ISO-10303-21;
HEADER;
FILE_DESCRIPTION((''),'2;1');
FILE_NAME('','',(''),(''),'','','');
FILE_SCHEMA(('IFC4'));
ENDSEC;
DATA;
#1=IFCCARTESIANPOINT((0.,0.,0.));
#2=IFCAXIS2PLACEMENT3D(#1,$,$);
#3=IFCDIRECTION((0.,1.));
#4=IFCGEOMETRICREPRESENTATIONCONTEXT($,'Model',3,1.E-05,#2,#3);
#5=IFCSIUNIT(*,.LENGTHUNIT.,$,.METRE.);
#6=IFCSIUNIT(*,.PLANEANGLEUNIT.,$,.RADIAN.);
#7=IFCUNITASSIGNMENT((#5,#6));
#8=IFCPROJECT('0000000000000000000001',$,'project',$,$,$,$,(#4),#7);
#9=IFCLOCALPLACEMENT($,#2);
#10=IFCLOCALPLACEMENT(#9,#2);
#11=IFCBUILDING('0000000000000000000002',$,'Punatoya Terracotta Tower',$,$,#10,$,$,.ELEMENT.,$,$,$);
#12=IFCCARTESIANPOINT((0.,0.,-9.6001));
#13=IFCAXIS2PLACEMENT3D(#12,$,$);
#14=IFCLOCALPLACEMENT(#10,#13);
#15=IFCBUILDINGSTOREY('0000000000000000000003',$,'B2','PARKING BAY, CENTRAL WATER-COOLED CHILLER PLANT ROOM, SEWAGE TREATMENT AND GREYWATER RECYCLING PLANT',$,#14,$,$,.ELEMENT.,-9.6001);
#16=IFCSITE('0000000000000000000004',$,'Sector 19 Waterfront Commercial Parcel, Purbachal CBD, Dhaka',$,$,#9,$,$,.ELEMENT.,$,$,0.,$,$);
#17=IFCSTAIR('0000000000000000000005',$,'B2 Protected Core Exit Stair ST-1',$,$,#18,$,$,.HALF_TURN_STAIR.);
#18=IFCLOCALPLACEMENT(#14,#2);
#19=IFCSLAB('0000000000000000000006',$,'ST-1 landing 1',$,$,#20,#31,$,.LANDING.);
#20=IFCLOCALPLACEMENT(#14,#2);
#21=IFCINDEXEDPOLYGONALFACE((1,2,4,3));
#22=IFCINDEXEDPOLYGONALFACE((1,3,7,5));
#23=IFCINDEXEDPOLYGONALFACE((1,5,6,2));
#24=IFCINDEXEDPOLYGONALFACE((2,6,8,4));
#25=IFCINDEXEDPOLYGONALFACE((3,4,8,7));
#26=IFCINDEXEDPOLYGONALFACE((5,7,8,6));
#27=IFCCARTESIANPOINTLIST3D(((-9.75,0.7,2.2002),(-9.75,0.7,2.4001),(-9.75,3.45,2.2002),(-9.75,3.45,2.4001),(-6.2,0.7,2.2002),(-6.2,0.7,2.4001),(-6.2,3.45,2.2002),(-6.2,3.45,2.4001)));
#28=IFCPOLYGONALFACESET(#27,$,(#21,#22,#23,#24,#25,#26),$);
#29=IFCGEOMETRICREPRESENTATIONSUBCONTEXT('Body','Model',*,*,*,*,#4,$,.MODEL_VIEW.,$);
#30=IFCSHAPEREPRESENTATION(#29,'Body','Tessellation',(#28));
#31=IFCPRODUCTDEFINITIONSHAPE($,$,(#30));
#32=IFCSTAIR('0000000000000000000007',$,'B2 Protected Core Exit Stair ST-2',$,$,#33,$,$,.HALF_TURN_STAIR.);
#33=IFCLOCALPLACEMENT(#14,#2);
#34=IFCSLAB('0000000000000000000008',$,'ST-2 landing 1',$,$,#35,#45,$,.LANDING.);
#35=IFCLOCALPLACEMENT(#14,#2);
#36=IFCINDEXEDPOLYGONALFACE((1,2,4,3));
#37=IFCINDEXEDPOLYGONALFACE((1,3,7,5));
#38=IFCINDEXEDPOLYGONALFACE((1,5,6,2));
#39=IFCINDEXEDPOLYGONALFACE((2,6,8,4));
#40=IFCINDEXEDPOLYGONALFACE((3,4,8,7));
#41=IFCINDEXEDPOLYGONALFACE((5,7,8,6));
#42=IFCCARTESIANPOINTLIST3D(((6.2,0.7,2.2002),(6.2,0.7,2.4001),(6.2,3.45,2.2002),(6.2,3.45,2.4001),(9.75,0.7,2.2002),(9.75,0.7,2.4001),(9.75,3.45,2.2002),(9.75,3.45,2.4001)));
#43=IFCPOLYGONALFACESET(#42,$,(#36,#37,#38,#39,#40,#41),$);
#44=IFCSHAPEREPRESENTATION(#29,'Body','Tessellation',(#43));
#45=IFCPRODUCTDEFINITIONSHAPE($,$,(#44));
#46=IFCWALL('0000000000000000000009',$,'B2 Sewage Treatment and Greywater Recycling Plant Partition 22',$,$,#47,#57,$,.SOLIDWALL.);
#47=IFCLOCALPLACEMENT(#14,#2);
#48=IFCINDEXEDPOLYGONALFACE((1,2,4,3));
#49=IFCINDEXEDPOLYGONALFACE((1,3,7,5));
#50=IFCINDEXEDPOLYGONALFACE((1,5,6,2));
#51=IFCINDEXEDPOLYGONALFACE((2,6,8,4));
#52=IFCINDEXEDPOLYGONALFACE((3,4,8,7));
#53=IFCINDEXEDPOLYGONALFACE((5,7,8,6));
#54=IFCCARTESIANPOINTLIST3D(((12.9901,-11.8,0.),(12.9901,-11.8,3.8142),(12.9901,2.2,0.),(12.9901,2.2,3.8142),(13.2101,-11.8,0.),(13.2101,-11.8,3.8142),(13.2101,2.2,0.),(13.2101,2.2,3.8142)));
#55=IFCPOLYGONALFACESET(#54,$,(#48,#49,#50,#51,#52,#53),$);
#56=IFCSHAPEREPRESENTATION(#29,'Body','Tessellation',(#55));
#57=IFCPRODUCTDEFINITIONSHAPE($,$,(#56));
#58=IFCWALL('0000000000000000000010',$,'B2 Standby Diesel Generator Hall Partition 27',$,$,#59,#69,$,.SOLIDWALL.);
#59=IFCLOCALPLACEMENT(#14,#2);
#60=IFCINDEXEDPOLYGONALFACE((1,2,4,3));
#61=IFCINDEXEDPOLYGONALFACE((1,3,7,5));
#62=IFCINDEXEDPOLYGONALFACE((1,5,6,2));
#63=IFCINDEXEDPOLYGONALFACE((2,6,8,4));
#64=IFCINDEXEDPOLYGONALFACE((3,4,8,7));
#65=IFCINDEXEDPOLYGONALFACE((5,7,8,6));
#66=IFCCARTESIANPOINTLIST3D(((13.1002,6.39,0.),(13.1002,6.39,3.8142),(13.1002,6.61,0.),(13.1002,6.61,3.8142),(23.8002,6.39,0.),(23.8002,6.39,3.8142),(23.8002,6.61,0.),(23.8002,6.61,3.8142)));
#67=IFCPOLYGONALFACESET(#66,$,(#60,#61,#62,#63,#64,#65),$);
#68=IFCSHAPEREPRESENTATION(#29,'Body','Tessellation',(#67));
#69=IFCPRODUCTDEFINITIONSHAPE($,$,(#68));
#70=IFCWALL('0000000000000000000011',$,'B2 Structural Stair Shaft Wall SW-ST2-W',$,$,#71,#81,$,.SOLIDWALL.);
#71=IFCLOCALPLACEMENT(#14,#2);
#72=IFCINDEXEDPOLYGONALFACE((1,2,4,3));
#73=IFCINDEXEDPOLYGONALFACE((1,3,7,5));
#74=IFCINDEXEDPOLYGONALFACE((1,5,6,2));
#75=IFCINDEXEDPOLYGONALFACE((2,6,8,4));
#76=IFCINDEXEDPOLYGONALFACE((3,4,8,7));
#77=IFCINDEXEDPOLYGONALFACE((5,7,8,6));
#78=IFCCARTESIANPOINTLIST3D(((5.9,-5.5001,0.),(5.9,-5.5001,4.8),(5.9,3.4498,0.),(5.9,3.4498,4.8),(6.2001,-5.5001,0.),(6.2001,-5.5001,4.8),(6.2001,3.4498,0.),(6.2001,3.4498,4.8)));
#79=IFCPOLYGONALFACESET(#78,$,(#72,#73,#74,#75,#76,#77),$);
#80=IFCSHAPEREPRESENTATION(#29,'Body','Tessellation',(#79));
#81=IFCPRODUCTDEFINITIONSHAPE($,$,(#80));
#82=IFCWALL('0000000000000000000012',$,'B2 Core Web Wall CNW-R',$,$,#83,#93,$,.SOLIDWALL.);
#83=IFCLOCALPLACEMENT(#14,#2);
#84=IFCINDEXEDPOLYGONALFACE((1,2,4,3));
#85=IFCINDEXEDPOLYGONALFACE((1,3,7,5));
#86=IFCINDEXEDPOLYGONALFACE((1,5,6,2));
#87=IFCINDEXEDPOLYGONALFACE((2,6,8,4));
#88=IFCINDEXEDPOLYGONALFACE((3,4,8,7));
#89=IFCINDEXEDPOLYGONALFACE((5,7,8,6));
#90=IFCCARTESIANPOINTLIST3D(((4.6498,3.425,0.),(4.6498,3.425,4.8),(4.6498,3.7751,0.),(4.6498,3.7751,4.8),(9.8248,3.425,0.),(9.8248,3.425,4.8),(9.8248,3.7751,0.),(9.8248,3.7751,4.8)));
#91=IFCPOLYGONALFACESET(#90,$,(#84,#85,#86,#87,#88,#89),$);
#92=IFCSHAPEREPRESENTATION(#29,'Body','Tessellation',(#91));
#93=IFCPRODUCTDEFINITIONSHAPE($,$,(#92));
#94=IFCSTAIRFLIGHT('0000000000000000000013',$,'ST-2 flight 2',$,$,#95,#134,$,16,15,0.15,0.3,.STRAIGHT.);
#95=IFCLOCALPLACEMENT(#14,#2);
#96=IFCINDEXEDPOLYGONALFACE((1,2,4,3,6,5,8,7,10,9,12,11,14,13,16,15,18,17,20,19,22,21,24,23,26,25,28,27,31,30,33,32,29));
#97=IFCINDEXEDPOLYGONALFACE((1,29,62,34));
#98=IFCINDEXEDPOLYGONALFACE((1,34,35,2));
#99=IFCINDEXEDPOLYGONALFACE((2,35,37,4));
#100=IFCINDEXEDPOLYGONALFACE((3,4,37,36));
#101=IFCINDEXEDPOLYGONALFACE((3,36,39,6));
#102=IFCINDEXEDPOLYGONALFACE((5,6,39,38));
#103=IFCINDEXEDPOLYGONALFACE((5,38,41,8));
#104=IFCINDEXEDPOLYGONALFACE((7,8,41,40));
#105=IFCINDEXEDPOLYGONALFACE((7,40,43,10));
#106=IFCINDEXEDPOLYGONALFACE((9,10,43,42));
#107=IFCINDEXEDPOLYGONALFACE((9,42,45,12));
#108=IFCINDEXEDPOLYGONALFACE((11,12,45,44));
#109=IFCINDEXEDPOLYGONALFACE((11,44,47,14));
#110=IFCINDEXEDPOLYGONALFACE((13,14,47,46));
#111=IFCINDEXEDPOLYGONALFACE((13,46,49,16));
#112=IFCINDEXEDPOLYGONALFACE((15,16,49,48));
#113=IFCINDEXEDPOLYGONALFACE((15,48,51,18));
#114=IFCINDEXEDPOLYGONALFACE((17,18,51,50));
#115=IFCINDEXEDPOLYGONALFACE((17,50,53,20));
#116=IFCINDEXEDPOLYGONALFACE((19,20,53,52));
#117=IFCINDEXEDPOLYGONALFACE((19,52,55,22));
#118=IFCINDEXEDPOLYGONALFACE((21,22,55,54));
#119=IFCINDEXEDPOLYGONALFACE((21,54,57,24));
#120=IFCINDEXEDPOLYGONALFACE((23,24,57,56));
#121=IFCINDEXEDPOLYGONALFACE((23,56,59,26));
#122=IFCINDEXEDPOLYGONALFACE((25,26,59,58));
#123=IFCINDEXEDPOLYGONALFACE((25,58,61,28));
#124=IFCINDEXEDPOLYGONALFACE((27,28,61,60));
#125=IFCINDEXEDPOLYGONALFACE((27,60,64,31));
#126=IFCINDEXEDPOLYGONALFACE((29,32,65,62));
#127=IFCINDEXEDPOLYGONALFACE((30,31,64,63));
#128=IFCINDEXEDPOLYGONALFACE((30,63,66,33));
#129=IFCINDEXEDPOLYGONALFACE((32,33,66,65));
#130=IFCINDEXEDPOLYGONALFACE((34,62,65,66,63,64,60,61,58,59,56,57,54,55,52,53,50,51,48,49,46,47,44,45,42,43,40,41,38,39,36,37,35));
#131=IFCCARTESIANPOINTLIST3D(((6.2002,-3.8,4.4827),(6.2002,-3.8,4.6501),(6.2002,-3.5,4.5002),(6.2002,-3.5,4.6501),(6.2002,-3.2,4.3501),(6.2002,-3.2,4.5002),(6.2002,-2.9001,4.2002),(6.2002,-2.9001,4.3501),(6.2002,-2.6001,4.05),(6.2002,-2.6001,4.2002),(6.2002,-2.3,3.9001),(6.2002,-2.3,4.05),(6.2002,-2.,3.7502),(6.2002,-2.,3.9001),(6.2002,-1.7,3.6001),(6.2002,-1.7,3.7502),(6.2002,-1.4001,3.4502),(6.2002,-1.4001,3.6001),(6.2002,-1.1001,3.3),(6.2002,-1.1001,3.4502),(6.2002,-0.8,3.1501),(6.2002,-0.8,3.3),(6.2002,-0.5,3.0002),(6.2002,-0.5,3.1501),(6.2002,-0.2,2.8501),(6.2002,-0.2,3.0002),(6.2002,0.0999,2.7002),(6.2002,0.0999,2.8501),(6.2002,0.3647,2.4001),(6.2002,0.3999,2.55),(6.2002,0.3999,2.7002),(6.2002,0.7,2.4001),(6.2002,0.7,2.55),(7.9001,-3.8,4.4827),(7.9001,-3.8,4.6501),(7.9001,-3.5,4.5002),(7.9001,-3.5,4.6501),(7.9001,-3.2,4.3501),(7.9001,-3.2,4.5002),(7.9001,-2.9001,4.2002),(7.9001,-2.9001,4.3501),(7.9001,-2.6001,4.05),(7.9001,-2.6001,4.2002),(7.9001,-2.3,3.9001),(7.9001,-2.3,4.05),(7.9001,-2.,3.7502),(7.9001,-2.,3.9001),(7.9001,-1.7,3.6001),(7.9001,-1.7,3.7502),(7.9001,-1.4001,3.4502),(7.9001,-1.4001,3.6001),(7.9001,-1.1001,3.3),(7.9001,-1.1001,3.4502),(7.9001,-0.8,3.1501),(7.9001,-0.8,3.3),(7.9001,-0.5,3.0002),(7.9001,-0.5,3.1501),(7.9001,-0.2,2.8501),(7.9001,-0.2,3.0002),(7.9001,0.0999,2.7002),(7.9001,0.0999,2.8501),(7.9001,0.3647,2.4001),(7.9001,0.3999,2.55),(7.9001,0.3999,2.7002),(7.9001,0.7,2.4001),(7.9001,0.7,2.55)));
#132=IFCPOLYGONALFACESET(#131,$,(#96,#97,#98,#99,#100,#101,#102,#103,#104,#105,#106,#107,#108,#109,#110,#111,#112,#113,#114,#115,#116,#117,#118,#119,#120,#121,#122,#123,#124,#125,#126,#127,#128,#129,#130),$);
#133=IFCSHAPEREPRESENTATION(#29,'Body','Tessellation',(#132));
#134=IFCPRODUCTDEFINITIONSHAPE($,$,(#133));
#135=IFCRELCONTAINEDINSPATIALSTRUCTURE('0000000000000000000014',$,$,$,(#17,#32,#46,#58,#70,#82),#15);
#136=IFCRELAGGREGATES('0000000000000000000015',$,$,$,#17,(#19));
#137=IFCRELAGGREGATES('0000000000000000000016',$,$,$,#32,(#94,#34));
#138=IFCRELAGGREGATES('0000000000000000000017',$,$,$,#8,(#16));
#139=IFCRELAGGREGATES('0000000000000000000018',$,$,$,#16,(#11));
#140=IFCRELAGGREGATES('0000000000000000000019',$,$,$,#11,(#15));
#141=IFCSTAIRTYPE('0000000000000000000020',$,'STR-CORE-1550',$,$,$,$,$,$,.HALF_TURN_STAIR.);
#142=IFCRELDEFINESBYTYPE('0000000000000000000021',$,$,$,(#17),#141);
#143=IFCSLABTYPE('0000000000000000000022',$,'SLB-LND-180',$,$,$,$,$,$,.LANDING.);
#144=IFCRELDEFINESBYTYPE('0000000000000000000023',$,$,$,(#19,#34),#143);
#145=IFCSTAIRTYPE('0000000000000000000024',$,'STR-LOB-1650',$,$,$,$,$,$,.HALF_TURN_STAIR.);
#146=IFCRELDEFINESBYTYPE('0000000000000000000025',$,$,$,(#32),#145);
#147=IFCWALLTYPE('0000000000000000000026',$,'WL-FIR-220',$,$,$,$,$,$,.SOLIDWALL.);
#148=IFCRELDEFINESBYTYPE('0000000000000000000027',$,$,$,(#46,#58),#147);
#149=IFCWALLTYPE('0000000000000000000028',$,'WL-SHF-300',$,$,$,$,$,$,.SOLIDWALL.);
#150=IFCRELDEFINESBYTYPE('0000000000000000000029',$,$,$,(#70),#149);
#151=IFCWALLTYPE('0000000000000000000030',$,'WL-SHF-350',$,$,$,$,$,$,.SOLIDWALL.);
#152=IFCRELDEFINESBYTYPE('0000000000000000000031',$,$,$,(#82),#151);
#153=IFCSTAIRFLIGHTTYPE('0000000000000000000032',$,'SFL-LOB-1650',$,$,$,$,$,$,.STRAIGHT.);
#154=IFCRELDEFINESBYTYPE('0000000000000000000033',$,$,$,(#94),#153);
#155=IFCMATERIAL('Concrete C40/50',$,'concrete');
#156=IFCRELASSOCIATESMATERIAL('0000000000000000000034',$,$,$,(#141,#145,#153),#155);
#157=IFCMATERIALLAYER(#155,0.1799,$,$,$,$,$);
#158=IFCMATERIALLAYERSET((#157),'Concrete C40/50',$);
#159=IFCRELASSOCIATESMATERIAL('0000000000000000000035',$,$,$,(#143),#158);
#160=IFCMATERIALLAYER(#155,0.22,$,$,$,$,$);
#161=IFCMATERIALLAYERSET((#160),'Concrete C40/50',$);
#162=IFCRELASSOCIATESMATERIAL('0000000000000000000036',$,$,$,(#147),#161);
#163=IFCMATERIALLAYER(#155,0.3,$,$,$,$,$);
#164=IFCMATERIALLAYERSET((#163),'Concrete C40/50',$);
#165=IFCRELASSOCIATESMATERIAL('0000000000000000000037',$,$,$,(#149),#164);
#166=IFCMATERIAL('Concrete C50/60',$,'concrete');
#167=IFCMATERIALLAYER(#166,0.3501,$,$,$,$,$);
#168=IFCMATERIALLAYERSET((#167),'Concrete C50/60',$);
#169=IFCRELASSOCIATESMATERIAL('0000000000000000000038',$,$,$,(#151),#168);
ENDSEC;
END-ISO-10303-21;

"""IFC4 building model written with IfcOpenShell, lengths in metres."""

from ifc_helpers import new_model, si_unit, direction, frame, frame_2d, origin, place, context, subcontext, project, spatial, polyline, rectangle, outline, extrude, material, layer, layer_set, type_object, element, aggregate, save


model = new_model("IFC4")

# Units and contexts
model_context = context("Model", 3, precision=1e-05, world=origin(), true_north=direction((0.0, 1.0)))
body_context = subcontext(model_context, "Body", "Model", "MODEL_VIEW")
ifc_project = project(units=[si_unit("LENGTHUNIT", "METRE"), si_unit("PLANEANGLEUNIT", "RADIAN")], contexts=[model_context])

# Site, building, storey
site_placement = place(None, origin())
site = spatial("IfcSite", under=ifc_project, at=site_placement, Name="Sector 19 Waterfront Commercial Parcel, Purbachal CBD, Dhaka", CompositionType="ELEMENT", RefElevation=0.0)
building_placement = place(site_placement, origin())
building = spatial("IfcBuilding", under=site, at=building_placement, Name="Punatoya Terracotta Tower", CompositionType="ELEMENT")
storey_placement = place(building_placement, frame((0.0, 0.0, -9.6001)))
storey = spatial("IfcBuildingStorey", under=building, at=storey_placement, Name="B2", Description="PARKING BAY, CENTRAL WATER-COOLED CHILLER PLANT ROOM, SEWAGE TREATMENT AND GREYWATER RECYCLING PLANT", CompositionType="ELEMENT", Elevation=-9.6001)

# Shared definitions
ifc_material_1 = material(Name="Concrete C40/50", Category="concrete")

# Stairs, slabs
stair_type_1 = type_object("IfcStairType", Name="STR-CORE-1550", PredefinedType="HALF_TURN_STAIR", material=ifc_material_1)
stair_1_placement = place(storey_placement, origin())
stair_1 = element("IfcStair", 1, at=stair_1_placement, inside=storey, type_object=stair_type_1, Name="B2 Protected Core Exit Stair ST-1", PredefinedType="HALF_TURN_STAIR")
ifc_layer_1 = layer(ifc_material_1, 0.1799)
ifc_layer_set_1 = layer_set([ifc_layer_1], Name="Concrete C40/50")
slab_type_1 = type_object("IfcSlabType", Name="SLB-LND-180", PredefinedType="LANDING", material=ifc_layer_set_1)
slab_1_placement = place(storey_placement, frame((0.0, 0.0, 2.2002)))
slab_1 = element("IfcSlab", 2, at=slab_1_placement, type_object=slab_type_1, Name="ST-1 landing 1", PredefinedType="LANDING", context=body_context, shape_type="SweptSolid", body=[
    extrude(outline(polyline([(-6.2, 0.7), (-6.2, 3.45), (-9.75, 3.45), (-9.75, 0.7), (-6.2, 0.7)])), origin(), (0.0, 0.0, 1.0), 0.2),
])
aggregate(stair_1, [slab_1])
stair_type_2 = type_object("IfcStairType", Name="STR-LOB-1650", PredefinedType="HALF_TURN_STAIR", material=ifc_material_1)
stair_2_placement = place(storey_placement, origin())
stair_2 = element("IfcStair", 3, at=stair_2_placement, inside=storey, type_object=stair_type_2, Name="B2 Protected Core Exit Stair ST-2", PredefinedType="HALF_TURN_STAIR")
slab_2_placement = place(storey_placement, frame((0.0, 0.0, 2.2002)))
slab_2 = element("IfcSlab", 4, at=slab_2_placement, type_object=slab_type_1, Name="ST-2 landing 1", PredefinedType="LANDING", context=body_context, shape_type="SweptSolid", body=[
    extrude(outline(polyline([(9.75, 0.7), (9.75, 3.45), (6.2, 3.45), (6.2, 0.7), (9.75, 0.7)])), origin(), (0.0, 0.0, 1.0), 0.2),
])

# Walls
ifc_layer_2 = layer(ifc_material_1, 0.22)
ifc_layer_set_2 = layer_set([ifc_layer_2], Name="Concrete C40/50")
wall_type_1 = type_object("IfcWallType", Name="WL-FIR-220", PredefinedType="SOLIDWALL", material=ifc_layer_set_2)
wall_1_placement = place(storey_placement, frame((13.1001, 2.2, 0.0), z_axis=(0.0, 0.0, 1.0), x_axis=(0.0, -1.0, 0.0)))
element("IfcWall", 5, at=wall_1_placement, inside=storey, type_object=wall_type_1, Name="B2 Sewage Treatment and Greywater Recycling Plant Partition 22", PredefinedType="SOLIDWALL", context=body_context, shape_type="SweptSolid", body=[
    extrude(rectangle(XDim=14.0, YDim=0.22, at=frame_2d((7.0, 0.0))), origin(), (0.0, 0.0, 1.0), 3.8142),
])
wall_2_placement = place(storey_placement, frame((13.1001, 6.5, 0.0), z_axis=(0.0, 0.0, 1.0), x_axis=(1.0, 0.0, 0.0)))
element("IfcWall", 6, at=wall_2_placement, inside=storey, type_object=wall_type_1, Name="B2 Standby Diesel Generator Hall Partition 27", PredefinedType="SOLIDWALL", context=body_context, shape_type="SweptSolid", body=[
    extrude(rectangle(XDim=10.7, YDim=0.22, at=frame_2d((5.3501, 0.0))), origin(), (0.0, 0.0, 1.0), 3.8142),
])
ifc_layer_3 = layer(ifc_material_1, 0.3)
ifc_layer_set_3 = layer_set([ifc_layer_3], Name="Concrete C40/50")
wall_type_2 = type_object("IfcWallType", Name="WL-SHF-300", PredefinedType="SOLIDWALL", material=ifc_layer_set_3)
wall_3_placement = place(storey_placement, frame((6.05, 3.45, 0.0), z_axis=(0.0, 0.0, 1.0), x_axis=(0.0, -1.0, 0.0)))
element("IfcWall", 7, at=wall_3_placement, inside=storey, type_object=wall_type_2, Name="B2 Structural Stair Shaft Wall SW-ST2-W", PredefinedType="SOLIDWALL", context=body_context, shape_type="SweptSolid", body=[
    extrude(rectangle(XDim=8.95, YDim=0.3, at=frame_2d((4.4751, 0.0))), origin(), (0.0, 0.0, 1.0), 4.8),
])
ifc_material_2 = material(Name="Concrete C50/60", Category="concrete")
ifc_layer_4 = layer(ifc_material_2, 0.3501)
ifc_layer_set_4 = layer_set([ifc_layer_4], Name="Concrete C50/60")
wall_type_3 = type_object("IfcWallType", Name="WL-SHF-350", PredefinedType="SOLIDWALL", material=ifc_layer_set_4)
wall_4_placement = place(storey_placement, frame((4.6499, 3.6001, 0.0), z_axis=(0.0, 0.0, 1.0), x_axis=(1.0, 0.0, 0.0)))
element("IfcWall", 8, at=wall_4_placement, inside=storey, type_object=wall_type_3, Name="B2 Core Web Wall CNW-R", PredefinedType="SOLIDWALL", context=body_context, shape_type="SweptSolid", body=[
    extrude(rectangle(XDim=5.175, YDim=0.3501, at=frame_2d((2.5874, 0.0))), origin(), (0.0, 0.0, 1.0), 4.8),
])

# Stair flight
stair_flight_type = type_object("IfcStairFlightType", Name="SFL-LOB-1650", PredefinedType="STRAIGHT", material=ifc_material_1)
stair_flight_placement = place(storey_placement, frame((7.05, 0.7, 2.4001), z_axis=(0.0, 0.0, 1.0), x_axis=(0.0, -1.0, 0.0)))
stair_flight = element("IfcStairFlight", 9, at=stair_flight_placement, type_object=stair_flight_type, Name="ST-2 flight 2", NumberOfRisers=16, NumberOfTreads=15, PredefinedType="STRAIGHT", RiserHeight=0.15, TreadLength=0.3, context=body_context, shape_type="SweptSolid", body=[
    extrude(outline(polyline([(0.0, 0.0), (0.0, 0.1499), (0.3, 0.1499), (0.3, 0.3), (0.6001, 0.3), (0.6001, 0.45), (0.8999, 0.45), (0.8999, 0.6001), (1.2, 0.6001), (1.2, 0.75), (1.5, 0.75), (1.5, 0.8999), (1.8, 0.8999), (1.8, 1.05), (2.1001, 1.05), (2.1001, 1.2), (2.3999, 1.2), (2.3999, 1.3501), (2.7, 1.3501), (2.7, 1.5), (3.0, 1.5), (3.0, 1.6499), (3.3, 1.6499), (3.3, 1.8), (3.6001, 1.8), (3.6001, 1.95), (3.8999, 1.95), (3.8999, 2.1001), (4.2, 2.1001), (4.2, 2.25), (4.5, 2.25), (4.5, 2.3999), (4.5, 2.0825), (0.3352, 0.0), (0.0, 0.0)])), frame((0.0, 0.8501, 0.0), z_axis=(0.0, -1.0, 0.0), x_axis=(1.0, 0.0, 0.0)), (0.0, 0.0, 1.0), 1.7),
])
aggregate(stair_2, [stair_flight, slab_2])

save(model, "model.ifc")
